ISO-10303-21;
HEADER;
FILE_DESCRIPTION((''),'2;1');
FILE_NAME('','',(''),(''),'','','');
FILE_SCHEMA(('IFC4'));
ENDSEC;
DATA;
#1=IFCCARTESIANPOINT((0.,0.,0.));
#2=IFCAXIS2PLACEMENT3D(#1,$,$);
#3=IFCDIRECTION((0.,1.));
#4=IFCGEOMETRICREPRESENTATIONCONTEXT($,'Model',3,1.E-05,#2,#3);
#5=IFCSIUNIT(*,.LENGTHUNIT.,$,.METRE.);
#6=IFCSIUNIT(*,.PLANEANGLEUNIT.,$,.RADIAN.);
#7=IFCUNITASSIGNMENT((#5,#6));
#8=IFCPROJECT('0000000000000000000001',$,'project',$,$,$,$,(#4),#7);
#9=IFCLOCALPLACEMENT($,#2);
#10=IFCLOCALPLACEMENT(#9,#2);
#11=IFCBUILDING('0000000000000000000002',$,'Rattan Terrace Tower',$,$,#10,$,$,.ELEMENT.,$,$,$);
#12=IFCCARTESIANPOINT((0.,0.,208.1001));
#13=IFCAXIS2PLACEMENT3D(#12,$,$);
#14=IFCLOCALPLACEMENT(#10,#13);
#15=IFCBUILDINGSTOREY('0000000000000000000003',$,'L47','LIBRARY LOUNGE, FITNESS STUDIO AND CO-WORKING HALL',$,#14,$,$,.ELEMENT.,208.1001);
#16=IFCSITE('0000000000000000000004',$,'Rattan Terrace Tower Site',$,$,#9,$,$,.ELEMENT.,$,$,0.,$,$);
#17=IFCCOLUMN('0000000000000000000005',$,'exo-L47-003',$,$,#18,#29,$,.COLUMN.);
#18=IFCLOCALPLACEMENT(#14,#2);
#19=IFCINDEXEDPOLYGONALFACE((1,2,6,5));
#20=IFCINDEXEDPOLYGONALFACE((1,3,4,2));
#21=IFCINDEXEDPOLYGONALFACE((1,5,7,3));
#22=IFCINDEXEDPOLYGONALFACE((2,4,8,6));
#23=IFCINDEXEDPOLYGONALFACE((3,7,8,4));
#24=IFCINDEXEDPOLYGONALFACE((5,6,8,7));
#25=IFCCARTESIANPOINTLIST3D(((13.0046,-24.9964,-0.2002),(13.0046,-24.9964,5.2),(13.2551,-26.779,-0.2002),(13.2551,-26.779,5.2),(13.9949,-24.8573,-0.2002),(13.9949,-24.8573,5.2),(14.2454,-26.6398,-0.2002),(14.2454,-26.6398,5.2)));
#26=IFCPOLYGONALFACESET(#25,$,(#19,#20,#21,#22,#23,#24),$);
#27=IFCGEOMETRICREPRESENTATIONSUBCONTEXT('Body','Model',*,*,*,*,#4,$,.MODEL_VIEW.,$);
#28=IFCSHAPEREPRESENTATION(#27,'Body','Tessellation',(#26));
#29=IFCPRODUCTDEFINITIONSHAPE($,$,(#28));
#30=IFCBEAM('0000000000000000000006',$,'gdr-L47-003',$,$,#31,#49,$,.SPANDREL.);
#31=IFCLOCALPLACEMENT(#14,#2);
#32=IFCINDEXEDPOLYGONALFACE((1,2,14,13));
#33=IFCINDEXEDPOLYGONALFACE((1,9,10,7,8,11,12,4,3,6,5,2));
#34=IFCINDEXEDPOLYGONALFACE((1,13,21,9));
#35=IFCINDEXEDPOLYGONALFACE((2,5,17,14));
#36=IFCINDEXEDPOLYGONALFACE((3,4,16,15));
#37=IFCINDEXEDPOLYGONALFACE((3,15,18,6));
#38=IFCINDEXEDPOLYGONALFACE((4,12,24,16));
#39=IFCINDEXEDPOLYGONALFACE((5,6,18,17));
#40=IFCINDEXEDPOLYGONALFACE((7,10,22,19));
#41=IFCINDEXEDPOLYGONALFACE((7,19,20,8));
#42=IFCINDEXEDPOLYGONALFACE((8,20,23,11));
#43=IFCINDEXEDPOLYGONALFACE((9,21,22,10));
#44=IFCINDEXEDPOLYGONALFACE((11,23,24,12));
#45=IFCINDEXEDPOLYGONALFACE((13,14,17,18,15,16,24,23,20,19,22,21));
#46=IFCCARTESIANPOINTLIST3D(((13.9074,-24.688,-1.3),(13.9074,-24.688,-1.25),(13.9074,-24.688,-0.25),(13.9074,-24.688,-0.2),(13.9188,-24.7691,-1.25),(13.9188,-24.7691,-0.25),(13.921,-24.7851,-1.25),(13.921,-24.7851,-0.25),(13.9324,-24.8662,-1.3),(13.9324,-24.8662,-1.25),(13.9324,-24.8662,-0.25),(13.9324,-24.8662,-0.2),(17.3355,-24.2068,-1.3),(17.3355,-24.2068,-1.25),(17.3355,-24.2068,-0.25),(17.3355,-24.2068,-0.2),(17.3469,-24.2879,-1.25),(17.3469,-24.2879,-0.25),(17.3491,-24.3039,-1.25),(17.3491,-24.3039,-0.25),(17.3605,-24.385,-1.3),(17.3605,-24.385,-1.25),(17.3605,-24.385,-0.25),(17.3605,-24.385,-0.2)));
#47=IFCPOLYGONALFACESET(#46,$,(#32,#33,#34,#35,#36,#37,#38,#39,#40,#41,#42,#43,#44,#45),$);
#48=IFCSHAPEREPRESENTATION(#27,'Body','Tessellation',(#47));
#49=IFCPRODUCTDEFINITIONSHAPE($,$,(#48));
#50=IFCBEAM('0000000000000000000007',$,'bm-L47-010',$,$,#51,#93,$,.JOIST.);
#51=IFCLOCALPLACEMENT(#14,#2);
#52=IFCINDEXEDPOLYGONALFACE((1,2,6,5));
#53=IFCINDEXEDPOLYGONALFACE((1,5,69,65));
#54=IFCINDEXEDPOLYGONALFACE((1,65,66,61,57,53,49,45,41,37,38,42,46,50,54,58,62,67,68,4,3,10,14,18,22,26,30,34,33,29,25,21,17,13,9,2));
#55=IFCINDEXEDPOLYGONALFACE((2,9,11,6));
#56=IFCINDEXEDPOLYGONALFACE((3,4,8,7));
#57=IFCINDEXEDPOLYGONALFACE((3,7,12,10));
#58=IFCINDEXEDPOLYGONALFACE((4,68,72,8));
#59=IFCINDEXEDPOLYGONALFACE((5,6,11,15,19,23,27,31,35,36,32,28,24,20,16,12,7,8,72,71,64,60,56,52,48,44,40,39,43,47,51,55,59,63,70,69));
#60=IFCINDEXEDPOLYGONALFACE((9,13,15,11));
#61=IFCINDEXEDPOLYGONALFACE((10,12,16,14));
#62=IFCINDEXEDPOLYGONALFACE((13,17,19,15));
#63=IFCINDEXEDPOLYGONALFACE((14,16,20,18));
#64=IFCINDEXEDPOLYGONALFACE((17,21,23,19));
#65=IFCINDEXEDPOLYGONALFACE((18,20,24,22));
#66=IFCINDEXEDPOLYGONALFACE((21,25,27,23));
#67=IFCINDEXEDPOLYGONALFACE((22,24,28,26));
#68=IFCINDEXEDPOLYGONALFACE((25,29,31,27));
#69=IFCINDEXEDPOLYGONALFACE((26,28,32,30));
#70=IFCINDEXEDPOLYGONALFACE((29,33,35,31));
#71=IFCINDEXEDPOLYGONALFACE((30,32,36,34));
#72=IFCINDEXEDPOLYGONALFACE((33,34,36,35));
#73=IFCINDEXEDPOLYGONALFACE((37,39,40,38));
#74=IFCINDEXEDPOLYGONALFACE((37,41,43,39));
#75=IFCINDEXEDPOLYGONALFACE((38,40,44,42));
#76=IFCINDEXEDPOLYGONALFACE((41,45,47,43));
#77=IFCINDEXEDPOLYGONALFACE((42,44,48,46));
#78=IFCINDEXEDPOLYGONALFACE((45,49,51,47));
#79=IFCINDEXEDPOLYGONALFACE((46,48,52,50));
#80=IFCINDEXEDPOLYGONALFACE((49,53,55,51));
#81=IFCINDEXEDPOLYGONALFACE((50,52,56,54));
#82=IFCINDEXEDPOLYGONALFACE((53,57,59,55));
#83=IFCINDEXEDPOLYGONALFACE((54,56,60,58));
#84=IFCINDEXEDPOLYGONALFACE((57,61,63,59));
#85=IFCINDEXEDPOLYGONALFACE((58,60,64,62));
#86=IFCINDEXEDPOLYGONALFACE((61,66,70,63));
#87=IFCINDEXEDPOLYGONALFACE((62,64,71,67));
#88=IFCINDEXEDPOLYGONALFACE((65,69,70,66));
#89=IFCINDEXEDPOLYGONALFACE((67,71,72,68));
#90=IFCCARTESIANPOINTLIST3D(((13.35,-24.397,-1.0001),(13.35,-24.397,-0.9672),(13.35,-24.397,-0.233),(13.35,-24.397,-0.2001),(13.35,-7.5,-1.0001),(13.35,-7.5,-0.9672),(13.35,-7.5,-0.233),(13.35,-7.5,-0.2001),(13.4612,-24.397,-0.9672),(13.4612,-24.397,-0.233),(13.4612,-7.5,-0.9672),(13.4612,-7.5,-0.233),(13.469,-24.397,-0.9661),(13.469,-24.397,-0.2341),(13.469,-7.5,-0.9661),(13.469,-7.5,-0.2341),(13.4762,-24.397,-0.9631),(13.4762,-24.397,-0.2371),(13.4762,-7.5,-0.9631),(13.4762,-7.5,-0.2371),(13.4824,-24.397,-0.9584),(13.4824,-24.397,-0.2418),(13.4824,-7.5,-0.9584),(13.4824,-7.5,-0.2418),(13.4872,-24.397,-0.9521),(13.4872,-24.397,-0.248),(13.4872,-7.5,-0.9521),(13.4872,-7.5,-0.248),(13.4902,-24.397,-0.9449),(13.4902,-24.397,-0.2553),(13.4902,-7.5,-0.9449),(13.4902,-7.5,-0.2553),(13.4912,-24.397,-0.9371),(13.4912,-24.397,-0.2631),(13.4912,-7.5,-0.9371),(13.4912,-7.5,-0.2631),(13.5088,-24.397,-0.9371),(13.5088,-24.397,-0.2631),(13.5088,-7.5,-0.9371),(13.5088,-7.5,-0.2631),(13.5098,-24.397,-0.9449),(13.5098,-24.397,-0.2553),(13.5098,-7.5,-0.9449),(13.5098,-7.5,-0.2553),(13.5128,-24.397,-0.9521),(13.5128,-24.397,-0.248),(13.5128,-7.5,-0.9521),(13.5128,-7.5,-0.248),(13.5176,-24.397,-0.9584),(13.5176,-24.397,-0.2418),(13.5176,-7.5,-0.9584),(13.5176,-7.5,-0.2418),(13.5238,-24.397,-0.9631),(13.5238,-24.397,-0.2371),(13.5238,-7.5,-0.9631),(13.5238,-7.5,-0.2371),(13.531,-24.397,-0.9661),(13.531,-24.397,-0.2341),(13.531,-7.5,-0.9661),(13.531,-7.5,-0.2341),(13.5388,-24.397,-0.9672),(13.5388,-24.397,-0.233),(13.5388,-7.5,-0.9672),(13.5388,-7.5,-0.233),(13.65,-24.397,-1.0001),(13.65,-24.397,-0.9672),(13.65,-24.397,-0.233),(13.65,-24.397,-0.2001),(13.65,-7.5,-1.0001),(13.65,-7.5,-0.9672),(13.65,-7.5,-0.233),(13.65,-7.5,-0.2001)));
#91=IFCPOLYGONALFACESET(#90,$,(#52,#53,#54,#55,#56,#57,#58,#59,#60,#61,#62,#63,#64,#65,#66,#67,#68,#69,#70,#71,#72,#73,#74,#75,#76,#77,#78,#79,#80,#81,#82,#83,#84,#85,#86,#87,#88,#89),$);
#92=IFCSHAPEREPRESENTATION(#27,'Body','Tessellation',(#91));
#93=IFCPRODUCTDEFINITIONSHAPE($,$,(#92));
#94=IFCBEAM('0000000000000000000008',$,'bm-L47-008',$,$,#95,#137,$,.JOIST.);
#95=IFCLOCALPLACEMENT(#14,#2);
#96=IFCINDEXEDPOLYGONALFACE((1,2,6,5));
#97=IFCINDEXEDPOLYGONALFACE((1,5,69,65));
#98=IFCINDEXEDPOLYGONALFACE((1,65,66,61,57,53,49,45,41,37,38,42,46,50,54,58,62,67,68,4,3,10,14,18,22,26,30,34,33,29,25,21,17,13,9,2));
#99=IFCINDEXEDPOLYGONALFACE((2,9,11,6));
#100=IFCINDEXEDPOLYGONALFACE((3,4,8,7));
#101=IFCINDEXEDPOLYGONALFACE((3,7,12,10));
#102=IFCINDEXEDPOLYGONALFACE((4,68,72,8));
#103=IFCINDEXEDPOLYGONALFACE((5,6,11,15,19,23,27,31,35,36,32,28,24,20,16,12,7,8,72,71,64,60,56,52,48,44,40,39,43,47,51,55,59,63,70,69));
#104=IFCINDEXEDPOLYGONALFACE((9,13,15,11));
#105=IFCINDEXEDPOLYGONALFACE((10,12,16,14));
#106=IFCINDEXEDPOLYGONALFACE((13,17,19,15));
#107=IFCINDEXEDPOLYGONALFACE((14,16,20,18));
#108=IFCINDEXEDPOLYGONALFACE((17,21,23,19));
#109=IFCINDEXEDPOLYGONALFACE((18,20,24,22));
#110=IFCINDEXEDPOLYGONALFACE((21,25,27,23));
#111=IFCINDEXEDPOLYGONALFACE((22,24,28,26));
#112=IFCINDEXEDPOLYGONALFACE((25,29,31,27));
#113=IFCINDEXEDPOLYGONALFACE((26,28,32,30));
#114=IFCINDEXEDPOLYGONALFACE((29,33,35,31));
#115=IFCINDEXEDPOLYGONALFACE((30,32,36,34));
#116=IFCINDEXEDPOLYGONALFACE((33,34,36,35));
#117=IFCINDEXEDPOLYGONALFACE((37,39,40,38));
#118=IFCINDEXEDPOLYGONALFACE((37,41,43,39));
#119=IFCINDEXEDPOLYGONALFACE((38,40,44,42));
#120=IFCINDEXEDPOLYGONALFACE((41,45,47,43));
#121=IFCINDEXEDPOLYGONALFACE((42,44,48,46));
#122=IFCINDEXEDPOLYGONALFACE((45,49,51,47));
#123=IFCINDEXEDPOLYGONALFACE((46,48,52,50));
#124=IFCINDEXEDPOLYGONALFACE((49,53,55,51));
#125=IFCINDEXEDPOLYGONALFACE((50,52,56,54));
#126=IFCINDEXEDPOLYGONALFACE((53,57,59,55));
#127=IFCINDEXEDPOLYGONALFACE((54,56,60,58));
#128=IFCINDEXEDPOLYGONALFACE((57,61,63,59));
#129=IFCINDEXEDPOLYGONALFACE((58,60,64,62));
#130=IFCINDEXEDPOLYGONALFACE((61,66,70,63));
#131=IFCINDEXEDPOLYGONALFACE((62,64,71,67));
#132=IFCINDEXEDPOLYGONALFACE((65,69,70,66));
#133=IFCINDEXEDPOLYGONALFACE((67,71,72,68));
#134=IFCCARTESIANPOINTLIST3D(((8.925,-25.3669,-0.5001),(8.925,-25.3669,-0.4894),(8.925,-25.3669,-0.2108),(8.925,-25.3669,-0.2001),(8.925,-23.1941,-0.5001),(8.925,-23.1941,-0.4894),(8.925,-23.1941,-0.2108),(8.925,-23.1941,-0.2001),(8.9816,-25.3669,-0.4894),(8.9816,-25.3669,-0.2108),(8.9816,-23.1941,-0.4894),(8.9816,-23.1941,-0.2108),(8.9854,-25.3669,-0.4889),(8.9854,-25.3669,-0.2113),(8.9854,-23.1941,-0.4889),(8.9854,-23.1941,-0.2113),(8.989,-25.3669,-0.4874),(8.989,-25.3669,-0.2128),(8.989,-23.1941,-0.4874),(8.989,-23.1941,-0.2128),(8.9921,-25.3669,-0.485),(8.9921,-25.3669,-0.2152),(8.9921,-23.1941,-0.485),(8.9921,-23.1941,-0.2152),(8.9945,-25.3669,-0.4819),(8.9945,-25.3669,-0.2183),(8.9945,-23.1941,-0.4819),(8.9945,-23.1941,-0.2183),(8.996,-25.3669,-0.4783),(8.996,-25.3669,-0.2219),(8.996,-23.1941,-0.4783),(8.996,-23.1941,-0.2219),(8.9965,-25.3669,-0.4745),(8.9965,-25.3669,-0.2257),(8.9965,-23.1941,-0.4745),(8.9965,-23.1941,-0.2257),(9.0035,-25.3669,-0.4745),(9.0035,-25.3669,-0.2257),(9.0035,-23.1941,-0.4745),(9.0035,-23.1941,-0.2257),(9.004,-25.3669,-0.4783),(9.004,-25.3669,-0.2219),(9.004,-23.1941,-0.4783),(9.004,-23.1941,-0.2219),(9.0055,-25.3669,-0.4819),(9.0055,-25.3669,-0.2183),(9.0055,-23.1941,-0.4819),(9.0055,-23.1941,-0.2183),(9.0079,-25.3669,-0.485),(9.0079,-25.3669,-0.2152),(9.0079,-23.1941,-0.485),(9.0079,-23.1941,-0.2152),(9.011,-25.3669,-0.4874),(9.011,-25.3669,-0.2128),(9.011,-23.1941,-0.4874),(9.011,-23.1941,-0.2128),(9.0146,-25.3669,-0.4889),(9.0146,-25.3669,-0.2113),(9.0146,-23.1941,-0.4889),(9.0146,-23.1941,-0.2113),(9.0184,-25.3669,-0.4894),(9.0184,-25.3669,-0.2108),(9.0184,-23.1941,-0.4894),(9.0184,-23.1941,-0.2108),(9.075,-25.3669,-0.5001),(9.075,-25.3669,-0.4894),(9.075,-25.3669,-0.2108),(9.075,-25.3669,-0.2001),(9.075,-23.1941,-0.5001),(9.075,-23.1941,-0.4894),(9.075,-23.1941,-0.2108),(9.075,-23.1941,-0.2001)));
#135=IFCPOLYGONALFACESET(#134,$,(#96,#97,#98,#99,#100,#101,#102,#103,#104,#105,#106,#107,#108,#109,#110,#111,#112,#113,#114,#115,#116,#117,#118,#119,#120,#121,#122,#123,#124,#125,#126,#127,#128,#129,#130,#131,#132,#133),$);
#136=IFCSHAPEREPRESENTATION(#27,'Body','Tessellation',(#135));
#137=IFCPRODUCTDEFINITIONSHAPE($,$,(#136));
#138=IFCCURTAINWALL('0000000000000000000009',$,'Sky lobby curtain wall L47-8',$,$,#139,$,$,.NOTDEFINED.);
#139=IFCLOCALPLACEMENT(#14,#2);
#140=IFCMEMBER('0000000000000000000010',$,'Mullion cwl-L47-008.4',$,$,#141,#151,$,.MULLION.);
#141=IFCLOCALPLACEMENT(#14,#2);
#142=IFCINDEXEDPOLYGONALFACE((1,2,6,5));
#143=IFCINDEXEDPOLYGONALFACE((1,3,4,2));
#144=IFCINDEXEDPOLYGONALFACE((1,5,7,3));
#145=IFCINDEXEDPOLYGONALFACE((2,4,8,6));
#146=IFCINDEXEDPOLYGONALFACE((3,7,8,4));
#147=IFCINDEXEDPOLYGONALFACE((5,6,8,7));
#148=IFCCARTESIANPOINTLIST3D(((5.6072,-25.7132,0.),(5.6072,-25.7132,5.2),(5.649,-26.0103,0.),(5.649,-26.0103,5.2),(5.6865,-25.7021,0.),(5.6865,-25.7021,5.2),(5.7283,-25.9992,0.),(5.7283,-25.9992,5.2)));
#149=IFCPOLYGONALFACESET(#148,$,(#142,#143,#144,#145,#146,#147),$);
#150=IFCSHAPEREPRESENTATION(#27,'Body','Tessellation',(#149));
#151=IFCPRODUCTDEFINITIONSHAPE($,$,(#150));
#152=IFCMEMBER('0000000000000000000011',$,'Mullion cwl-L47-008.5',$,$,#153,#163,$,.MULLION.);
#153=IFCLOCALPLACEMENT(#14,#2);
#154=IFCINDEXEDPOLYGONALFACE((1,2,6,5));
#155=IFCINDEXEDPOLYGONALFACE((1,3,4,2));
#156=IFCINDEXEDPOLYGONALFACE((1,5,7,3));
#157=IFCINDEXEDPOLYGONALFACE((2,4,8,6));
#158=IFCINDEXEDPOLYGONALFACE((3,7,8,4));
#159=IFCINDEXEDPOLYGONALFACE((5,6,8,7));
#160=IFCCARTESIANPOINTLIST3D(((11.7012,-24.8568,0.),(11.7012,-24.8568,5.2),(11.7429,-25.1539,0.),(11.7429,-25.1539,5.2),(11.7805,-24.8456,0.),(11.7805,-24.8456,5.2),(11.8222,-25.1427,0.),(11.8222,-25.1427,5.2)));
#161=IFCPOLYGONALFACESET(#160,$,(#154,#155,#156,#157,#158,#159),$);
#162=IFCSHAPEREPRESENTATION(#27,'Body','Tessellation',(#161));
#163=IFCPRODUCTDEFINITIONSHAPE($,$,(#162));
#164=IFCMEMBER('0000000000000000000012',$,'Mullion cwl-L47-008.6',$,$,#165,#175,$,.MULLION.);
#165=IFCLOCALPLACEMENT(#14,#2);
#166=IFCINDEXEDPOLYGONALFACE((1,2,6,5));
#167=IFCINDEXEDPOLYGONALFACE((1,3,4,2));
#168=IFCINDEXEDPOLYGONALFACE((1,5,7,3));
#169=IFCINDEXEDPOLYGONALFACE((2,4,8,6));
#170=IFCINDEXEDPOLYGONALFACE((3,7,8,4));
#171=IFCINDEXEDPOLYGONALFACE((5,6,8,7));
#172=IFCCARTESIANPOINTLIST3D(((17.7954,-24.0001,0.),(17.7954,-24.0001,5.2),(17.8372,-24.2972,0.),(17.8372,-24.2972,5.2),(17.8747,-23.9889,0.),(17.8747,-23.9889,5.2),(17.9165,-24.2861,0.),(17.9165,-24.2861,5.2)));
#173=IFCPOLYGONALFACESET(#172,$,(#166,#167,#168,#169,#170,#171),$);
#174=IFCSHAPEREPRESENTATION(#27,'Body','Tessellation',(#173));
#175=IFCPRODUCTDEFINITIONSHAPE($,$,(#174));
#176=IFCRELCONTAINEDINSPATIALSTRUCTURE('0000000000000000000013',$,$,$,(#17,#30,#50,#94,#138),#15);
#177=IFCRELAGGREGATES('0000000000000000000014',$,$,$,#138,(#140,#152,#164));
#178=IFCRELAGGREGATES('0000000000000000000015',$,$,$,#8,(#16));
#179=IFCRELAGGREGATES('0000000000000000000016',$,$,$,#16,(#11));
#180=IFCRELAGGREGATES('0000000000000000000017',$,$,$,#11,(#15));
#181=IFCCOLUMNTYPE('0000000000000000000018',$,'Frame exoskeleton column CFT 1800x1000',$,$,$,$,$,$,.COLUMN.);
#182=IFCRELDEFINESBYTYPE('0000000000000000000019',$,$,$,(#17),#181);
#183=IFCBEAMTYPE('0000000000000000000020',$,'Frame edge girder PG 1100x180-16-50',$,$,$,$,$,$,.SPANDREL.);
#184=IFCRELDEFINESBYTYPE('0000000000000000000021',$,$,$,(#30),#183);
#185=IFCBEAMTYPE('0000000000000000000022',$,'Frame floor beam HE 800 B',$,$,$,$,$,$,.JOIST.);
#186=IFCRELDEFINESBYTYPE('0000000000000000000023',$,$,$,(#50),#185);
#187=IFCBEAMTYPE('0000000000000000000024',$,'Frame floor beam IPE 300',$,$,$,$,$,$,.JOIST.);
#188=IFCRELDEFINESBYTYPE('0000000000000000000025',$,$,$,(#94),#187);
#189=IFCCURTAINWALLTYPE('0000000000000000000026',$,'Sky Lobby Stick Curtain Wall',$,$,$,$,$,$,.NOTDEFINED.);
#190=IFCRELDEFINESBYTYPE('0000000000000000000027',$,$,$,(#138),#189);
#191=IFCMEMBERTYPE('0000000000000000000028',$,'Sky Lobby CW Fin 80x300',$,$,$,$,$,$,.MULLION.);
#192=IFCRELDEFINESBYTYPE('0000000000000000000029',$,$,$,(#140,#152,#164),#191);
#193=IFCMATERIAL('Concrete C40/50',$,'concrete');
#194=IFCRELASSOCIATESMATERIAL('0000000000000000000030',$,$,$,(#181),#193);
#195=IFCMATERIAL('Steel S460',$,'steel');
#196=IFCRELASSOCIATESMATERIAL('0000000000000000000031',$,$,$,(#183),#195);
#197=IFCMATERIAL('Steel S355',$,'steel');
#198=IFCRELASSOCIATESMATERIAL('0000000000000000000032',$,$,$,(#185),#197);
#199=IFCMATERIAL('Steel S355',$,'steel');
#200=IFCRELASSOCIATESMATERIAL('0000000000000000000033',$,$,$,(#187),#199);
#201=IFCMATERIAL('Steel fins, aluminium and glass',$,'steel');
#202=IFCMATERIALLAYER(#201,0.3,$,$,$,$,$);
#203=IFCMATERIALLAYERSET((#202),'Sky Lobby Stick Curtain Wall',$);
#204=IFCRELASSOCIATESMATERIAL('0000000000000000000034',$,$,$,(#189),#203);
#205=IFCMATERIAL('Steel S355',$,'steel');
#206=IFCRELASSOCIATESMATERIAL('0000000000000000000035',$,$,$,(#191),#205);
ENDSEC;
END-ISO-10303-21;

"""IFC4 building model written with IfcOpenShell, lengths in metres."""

from ifc_helpers import new_model, si_unit, direction, frame, origin, origin_2d, place, context, subcontext, project, spatial, rectangle, i_section, extrude, material, layer, layer_set, material_profile, profile_set, type_object, element, aggregate, save


model = new_model("IFC4")

# Units and contexts
model_context = context("Model", 3, precision=1e-05, world=origin(), true_north=direction((0.0, 1.0)))
body_context = subcontext(model_context, "Body", "Model", "MODEL_VIEW")
ifc_project = project(units=[si_unit("LENGTHUNIT", "METRE"), si_unit("PLANEANGLEUNIT", "RADIAN")], contexts=[model_context])

# Site, building, storey
site_placement = place(None, origin())
site = spatial("IfcSite", under=ifc_project, at=site_placement, Name="Rattan Terrace Tower Site", CompositionType="ELEMENT", RefElevation=0.0)
building_placement = place(site_placement, origin())
building = spatial("IfcBuilding", under=site, at=building_placement, Name="Rattan Terrace Tower", CompositionType="ELEMENT")
storey_placement = place(building_placement, frame((0.0, 0.0, 208.1001)))
storey = spatial("IfcBuildingStorey", under=building, at=storey_placement, Name="L47", Description="LIBRARY LOUNGE, FITNESS STUDIO AND CO-WORKING HALL", CompositionType="ELEMENT", Elevation=208.1001)

# Column
ifc_material_1 = material(Name="Concrete C40/50", Category="concrete")
ifc_material_profile_1 = material_profile(ifc_material_1, rectangle(XDim=1.0, YDim=1.8, at=origin_2d()), Name="CFT 1800x1000")
ifc_profile_set_1 = profile_set([ifc_material_profile_1], Name="Concrete C40/50")
column_type = type_object("IfcColumnType", Name="Frame exoskeleton column CFT 1800x1000", PredefinedType="COLUMN", material=ifc_profile_set_1)
column_placement = place(storey_placement, frame((13.625, -25.8181, -0.2002), z_axis=(0.0, 0.0, 1.0), x_axis=(0.990268, 0.139173, 0.0)))
element("IfcColumn", 1, at=column_placement, inside=storey, type_object=column_type, Name="exo-L47-003", PredefinedType="COLUMN", context=body_context, shape_type="SweptSolid", body=[
    extrude(rectangle(XDim=1.0, YDim=1.8, at=origin_2d()), origin(), (0.0, 0.0, 1.0), 5.4001),
])

# Beams
ifc_material_2 = material(Name="Steel S460", Category="steel")
ifc_material_profile_2 = material_profile(ifc_material_2, i_section(OverallWidth=0.1799, OverallDepth=1.1001, WebThickness=0.0161, FlangeThickness=0.05, at=origin_2d()), Name="PG 1100x180-16-50")
ifc_profile_set_2 = profile_set([ifc_material_profile_2], Name="Steel S460")
beam_type_1 = type_object("IfcBeamType", Name="Frame edge girder PG 1100x180-16-50", PredefinedType="SPANDREL", material=ifc_profile_set_2)
beam_1_placement = place(storey_placement, frame((13.9199, -24.7771, -0.75), z_axis=(0.990291, 0.139012, 0.0), x_axis=(-0.139012, 0.990291, 0.0)))
element("IfcBeam", 2, at=beam_1_placement, inside=storey, type_object=beam_type_1, Name="gdr-L47-003", PredefinedType="SPANDREL", context=body_context, shape_type="SweptSolid", body=[
    extrude(i_section(OverallWidth=0.1799, OverallDepth=1.1001, WebThickness=0.0161, FlangeThickness=0.05, at=origin_2d()), origin(), (0.0, 0.0, 1.0), 3.4617),
])
ifc_material_3 = material(Name="Steel S355", Category="steel")
ifc_material_profile_3 = material_profile(ifc_material_3, i_section(OverallWidth=0.3, OverallDepth=0.8, WebThickness=0.0176, FlangeThickness=0.033, FilletRadius=0.03, at=origin_2d()), Name="HE 800 B")
ifc_profile_set_3 = profile_set([ifc_material_profile_3], Name="Steel S355")
beam_type_2 = type_object("IfcBeamType", Name="Frame floor beam HE 800 B", PredefinedType="JOIST", material=ifc_profile_set_3)
beam_2_placement = place(storey_placement, frame((13.5, -24.397, -0.6001), z_axis=(0.0, 1.0, 0.0), x_axis=(-1.0, 0.0, 0.0)))
element("IfcBeam", 3, at=beam_2_placement, inside=storey, type_object=beam_type_2, Name="bm-L47-010", PredefinedType="JOIST", context=body_context, shape_type="SweptSolid", body=[
    extrude(i_section(OverallWidth=0.3, OverallDepth=0.8, WebThickness=0.0176, FlangeThickness=0.033, FilletRadius=0.03, at=origin_2d()), origin(), (0.0, 0.0, 1.0), 16.897),
])
ifc_material_4 = material(Name="Steel S355", Category="steel")
ifc_material_profile_4 = material_profile(ifc_material_4, i_section(OverallWidth=0.1499, OverallDepth=0.3, WebThickness=0.0071, FlangeThickness=0.0107, FilletRadius=0.0149, at=origin_2d()), Name="IPE 300")
ifc_profile_set_4 = profile_set([ifc_material_profile_4], Name="Steel S355")
beam_type_3 = type_object("IfcBeamType", Name="Frame floor beam IPE 300", PredefinedType="JOIST", material=ifc_profile_set_4)
beam_3_placement = place(storey_placement, frame((9.0, -25.3669, -0.3501), z_axis=(0.0, 1.0, 0.0), x_axis=(-1.0, 0.0, 0.0)))
element("IfcBeam", 4, at=beam_3_placement, inside=storey, type_object=beam_type_3, Name="bm-L47-008", PredefinedType="JOIST", context=body_context, shape_type="SweptSolid", body=[
    extrude(i_section(OverallWidth=0.1499, OverallDepth=0.3, WebThickness=0.0071, FlangeThickness=0.0107, FilletRadius=0.0149, at=origin_2d()), origin(), (0.0, 0.0, 1.0), 2.1729),
])

# Curtain wall, members
ifc_material_5 = material(Name="Steel fins, aluminium and glass", Category="steel")
ifc_layer_1 = layer(ifc_material_5, 0.3)
ifc_layer_set_1 = layer_set([ifc_layer_1], Name="Sky Lobby Stick Curtain Wall")
curtain_wall_type = type_object("IfcCurtainWallType", Name="Sky Lobby Stick Curtain Wall", PredefinedType="NOTDEFINED", material=ifc_layer_set_1)
curtain_wall_placement = place(storey_placement, origin())
curtain_wall = element("IfcCurtainWall", 5, at=curtain_wall_placement, inside=storey, type_object=curtain_wall_type, Name="Sky lobby curtain wall L47-8", PredefinedType="NOTDEFINED")
ifc_material_6 = material(Name="Steel S355", Category="steel")
ifc_material_profile_5 = material_profile(ifc_material_6, rectangle(XDim=0.0801, YDim=0.3, at=origin_2d()), Name="Steel S355 80x300")
ifc_profile_set_5 = profile_set([ifc_material_profile_5], Name="Steel S355")
member_type_1 = type_object("IfcMemberType", Name="Sky Lobby CW Fin 80x300", PredefinedType="MULLION", material=ifc_profile_set_5)
member_1_placement = place(storey_placement, frame((5.6677, -25.8562, 0.0), z_axis=(0.0, 0.0, 1.0), x_axis=(0.990267, 0.139177, 0.0)))
member_1 = element("IfcMember", 6, at=member_1_placement, type_object=member_type_1, Name="Mullion cwl-L47-008.4", PredefinedType="MULLION", context=body_context, shape_type="SweptSolid", body=[
    extrude(rectangle(XDim=0.0801, YDim=0.3, at=origin_2d()), origin(), (0.0, 0.0, 1.0), 5.2),
])
member_2_placement = place(storey_placement, frame((11.7617, -24.9998, 0.0), z_axis=(0.0, 0.0, 1.0), x_axis=(0.990267, 0.139177, 0.0)))
member_2 = element("IfcMember", 7, at=member_2_placement, type_object=member_type_1, Name="Mullion cwl-L47-008.5", PredefinedType="MULLION", context=body_context, shape_type="SweptSolid", body=[
    extrude(rectangle(XDim=0.0801, YDim=0.3, at=origin_2d()), origin(), (0.0, 0.0, 1.0), 5.2),
])
member_3_placement = place(storey_placement, frame((17.856, -24.1431, 0.0), z_axis=(0.0, 0.0, 1.0), x_axis=(0.990267, 0.139177, 0.0)))
member_3 = element("IfcMember", 8, at=member_3_placement, type_object=member_type_1, Name="Mullion cwl-L47-008.6", PredefinedType="MULLION", context=body_context, shape_type="SweptSolid", body=[
    extrude(rectangle(XDim=0.0801, YDim=0.3, at=origin_2d()), origin(), (0.0, 0.0, 1.0), 5.2),
])
aggregate(curtain_wall, [member_1, member_2, member_3])

save(model, "model.ifc")
